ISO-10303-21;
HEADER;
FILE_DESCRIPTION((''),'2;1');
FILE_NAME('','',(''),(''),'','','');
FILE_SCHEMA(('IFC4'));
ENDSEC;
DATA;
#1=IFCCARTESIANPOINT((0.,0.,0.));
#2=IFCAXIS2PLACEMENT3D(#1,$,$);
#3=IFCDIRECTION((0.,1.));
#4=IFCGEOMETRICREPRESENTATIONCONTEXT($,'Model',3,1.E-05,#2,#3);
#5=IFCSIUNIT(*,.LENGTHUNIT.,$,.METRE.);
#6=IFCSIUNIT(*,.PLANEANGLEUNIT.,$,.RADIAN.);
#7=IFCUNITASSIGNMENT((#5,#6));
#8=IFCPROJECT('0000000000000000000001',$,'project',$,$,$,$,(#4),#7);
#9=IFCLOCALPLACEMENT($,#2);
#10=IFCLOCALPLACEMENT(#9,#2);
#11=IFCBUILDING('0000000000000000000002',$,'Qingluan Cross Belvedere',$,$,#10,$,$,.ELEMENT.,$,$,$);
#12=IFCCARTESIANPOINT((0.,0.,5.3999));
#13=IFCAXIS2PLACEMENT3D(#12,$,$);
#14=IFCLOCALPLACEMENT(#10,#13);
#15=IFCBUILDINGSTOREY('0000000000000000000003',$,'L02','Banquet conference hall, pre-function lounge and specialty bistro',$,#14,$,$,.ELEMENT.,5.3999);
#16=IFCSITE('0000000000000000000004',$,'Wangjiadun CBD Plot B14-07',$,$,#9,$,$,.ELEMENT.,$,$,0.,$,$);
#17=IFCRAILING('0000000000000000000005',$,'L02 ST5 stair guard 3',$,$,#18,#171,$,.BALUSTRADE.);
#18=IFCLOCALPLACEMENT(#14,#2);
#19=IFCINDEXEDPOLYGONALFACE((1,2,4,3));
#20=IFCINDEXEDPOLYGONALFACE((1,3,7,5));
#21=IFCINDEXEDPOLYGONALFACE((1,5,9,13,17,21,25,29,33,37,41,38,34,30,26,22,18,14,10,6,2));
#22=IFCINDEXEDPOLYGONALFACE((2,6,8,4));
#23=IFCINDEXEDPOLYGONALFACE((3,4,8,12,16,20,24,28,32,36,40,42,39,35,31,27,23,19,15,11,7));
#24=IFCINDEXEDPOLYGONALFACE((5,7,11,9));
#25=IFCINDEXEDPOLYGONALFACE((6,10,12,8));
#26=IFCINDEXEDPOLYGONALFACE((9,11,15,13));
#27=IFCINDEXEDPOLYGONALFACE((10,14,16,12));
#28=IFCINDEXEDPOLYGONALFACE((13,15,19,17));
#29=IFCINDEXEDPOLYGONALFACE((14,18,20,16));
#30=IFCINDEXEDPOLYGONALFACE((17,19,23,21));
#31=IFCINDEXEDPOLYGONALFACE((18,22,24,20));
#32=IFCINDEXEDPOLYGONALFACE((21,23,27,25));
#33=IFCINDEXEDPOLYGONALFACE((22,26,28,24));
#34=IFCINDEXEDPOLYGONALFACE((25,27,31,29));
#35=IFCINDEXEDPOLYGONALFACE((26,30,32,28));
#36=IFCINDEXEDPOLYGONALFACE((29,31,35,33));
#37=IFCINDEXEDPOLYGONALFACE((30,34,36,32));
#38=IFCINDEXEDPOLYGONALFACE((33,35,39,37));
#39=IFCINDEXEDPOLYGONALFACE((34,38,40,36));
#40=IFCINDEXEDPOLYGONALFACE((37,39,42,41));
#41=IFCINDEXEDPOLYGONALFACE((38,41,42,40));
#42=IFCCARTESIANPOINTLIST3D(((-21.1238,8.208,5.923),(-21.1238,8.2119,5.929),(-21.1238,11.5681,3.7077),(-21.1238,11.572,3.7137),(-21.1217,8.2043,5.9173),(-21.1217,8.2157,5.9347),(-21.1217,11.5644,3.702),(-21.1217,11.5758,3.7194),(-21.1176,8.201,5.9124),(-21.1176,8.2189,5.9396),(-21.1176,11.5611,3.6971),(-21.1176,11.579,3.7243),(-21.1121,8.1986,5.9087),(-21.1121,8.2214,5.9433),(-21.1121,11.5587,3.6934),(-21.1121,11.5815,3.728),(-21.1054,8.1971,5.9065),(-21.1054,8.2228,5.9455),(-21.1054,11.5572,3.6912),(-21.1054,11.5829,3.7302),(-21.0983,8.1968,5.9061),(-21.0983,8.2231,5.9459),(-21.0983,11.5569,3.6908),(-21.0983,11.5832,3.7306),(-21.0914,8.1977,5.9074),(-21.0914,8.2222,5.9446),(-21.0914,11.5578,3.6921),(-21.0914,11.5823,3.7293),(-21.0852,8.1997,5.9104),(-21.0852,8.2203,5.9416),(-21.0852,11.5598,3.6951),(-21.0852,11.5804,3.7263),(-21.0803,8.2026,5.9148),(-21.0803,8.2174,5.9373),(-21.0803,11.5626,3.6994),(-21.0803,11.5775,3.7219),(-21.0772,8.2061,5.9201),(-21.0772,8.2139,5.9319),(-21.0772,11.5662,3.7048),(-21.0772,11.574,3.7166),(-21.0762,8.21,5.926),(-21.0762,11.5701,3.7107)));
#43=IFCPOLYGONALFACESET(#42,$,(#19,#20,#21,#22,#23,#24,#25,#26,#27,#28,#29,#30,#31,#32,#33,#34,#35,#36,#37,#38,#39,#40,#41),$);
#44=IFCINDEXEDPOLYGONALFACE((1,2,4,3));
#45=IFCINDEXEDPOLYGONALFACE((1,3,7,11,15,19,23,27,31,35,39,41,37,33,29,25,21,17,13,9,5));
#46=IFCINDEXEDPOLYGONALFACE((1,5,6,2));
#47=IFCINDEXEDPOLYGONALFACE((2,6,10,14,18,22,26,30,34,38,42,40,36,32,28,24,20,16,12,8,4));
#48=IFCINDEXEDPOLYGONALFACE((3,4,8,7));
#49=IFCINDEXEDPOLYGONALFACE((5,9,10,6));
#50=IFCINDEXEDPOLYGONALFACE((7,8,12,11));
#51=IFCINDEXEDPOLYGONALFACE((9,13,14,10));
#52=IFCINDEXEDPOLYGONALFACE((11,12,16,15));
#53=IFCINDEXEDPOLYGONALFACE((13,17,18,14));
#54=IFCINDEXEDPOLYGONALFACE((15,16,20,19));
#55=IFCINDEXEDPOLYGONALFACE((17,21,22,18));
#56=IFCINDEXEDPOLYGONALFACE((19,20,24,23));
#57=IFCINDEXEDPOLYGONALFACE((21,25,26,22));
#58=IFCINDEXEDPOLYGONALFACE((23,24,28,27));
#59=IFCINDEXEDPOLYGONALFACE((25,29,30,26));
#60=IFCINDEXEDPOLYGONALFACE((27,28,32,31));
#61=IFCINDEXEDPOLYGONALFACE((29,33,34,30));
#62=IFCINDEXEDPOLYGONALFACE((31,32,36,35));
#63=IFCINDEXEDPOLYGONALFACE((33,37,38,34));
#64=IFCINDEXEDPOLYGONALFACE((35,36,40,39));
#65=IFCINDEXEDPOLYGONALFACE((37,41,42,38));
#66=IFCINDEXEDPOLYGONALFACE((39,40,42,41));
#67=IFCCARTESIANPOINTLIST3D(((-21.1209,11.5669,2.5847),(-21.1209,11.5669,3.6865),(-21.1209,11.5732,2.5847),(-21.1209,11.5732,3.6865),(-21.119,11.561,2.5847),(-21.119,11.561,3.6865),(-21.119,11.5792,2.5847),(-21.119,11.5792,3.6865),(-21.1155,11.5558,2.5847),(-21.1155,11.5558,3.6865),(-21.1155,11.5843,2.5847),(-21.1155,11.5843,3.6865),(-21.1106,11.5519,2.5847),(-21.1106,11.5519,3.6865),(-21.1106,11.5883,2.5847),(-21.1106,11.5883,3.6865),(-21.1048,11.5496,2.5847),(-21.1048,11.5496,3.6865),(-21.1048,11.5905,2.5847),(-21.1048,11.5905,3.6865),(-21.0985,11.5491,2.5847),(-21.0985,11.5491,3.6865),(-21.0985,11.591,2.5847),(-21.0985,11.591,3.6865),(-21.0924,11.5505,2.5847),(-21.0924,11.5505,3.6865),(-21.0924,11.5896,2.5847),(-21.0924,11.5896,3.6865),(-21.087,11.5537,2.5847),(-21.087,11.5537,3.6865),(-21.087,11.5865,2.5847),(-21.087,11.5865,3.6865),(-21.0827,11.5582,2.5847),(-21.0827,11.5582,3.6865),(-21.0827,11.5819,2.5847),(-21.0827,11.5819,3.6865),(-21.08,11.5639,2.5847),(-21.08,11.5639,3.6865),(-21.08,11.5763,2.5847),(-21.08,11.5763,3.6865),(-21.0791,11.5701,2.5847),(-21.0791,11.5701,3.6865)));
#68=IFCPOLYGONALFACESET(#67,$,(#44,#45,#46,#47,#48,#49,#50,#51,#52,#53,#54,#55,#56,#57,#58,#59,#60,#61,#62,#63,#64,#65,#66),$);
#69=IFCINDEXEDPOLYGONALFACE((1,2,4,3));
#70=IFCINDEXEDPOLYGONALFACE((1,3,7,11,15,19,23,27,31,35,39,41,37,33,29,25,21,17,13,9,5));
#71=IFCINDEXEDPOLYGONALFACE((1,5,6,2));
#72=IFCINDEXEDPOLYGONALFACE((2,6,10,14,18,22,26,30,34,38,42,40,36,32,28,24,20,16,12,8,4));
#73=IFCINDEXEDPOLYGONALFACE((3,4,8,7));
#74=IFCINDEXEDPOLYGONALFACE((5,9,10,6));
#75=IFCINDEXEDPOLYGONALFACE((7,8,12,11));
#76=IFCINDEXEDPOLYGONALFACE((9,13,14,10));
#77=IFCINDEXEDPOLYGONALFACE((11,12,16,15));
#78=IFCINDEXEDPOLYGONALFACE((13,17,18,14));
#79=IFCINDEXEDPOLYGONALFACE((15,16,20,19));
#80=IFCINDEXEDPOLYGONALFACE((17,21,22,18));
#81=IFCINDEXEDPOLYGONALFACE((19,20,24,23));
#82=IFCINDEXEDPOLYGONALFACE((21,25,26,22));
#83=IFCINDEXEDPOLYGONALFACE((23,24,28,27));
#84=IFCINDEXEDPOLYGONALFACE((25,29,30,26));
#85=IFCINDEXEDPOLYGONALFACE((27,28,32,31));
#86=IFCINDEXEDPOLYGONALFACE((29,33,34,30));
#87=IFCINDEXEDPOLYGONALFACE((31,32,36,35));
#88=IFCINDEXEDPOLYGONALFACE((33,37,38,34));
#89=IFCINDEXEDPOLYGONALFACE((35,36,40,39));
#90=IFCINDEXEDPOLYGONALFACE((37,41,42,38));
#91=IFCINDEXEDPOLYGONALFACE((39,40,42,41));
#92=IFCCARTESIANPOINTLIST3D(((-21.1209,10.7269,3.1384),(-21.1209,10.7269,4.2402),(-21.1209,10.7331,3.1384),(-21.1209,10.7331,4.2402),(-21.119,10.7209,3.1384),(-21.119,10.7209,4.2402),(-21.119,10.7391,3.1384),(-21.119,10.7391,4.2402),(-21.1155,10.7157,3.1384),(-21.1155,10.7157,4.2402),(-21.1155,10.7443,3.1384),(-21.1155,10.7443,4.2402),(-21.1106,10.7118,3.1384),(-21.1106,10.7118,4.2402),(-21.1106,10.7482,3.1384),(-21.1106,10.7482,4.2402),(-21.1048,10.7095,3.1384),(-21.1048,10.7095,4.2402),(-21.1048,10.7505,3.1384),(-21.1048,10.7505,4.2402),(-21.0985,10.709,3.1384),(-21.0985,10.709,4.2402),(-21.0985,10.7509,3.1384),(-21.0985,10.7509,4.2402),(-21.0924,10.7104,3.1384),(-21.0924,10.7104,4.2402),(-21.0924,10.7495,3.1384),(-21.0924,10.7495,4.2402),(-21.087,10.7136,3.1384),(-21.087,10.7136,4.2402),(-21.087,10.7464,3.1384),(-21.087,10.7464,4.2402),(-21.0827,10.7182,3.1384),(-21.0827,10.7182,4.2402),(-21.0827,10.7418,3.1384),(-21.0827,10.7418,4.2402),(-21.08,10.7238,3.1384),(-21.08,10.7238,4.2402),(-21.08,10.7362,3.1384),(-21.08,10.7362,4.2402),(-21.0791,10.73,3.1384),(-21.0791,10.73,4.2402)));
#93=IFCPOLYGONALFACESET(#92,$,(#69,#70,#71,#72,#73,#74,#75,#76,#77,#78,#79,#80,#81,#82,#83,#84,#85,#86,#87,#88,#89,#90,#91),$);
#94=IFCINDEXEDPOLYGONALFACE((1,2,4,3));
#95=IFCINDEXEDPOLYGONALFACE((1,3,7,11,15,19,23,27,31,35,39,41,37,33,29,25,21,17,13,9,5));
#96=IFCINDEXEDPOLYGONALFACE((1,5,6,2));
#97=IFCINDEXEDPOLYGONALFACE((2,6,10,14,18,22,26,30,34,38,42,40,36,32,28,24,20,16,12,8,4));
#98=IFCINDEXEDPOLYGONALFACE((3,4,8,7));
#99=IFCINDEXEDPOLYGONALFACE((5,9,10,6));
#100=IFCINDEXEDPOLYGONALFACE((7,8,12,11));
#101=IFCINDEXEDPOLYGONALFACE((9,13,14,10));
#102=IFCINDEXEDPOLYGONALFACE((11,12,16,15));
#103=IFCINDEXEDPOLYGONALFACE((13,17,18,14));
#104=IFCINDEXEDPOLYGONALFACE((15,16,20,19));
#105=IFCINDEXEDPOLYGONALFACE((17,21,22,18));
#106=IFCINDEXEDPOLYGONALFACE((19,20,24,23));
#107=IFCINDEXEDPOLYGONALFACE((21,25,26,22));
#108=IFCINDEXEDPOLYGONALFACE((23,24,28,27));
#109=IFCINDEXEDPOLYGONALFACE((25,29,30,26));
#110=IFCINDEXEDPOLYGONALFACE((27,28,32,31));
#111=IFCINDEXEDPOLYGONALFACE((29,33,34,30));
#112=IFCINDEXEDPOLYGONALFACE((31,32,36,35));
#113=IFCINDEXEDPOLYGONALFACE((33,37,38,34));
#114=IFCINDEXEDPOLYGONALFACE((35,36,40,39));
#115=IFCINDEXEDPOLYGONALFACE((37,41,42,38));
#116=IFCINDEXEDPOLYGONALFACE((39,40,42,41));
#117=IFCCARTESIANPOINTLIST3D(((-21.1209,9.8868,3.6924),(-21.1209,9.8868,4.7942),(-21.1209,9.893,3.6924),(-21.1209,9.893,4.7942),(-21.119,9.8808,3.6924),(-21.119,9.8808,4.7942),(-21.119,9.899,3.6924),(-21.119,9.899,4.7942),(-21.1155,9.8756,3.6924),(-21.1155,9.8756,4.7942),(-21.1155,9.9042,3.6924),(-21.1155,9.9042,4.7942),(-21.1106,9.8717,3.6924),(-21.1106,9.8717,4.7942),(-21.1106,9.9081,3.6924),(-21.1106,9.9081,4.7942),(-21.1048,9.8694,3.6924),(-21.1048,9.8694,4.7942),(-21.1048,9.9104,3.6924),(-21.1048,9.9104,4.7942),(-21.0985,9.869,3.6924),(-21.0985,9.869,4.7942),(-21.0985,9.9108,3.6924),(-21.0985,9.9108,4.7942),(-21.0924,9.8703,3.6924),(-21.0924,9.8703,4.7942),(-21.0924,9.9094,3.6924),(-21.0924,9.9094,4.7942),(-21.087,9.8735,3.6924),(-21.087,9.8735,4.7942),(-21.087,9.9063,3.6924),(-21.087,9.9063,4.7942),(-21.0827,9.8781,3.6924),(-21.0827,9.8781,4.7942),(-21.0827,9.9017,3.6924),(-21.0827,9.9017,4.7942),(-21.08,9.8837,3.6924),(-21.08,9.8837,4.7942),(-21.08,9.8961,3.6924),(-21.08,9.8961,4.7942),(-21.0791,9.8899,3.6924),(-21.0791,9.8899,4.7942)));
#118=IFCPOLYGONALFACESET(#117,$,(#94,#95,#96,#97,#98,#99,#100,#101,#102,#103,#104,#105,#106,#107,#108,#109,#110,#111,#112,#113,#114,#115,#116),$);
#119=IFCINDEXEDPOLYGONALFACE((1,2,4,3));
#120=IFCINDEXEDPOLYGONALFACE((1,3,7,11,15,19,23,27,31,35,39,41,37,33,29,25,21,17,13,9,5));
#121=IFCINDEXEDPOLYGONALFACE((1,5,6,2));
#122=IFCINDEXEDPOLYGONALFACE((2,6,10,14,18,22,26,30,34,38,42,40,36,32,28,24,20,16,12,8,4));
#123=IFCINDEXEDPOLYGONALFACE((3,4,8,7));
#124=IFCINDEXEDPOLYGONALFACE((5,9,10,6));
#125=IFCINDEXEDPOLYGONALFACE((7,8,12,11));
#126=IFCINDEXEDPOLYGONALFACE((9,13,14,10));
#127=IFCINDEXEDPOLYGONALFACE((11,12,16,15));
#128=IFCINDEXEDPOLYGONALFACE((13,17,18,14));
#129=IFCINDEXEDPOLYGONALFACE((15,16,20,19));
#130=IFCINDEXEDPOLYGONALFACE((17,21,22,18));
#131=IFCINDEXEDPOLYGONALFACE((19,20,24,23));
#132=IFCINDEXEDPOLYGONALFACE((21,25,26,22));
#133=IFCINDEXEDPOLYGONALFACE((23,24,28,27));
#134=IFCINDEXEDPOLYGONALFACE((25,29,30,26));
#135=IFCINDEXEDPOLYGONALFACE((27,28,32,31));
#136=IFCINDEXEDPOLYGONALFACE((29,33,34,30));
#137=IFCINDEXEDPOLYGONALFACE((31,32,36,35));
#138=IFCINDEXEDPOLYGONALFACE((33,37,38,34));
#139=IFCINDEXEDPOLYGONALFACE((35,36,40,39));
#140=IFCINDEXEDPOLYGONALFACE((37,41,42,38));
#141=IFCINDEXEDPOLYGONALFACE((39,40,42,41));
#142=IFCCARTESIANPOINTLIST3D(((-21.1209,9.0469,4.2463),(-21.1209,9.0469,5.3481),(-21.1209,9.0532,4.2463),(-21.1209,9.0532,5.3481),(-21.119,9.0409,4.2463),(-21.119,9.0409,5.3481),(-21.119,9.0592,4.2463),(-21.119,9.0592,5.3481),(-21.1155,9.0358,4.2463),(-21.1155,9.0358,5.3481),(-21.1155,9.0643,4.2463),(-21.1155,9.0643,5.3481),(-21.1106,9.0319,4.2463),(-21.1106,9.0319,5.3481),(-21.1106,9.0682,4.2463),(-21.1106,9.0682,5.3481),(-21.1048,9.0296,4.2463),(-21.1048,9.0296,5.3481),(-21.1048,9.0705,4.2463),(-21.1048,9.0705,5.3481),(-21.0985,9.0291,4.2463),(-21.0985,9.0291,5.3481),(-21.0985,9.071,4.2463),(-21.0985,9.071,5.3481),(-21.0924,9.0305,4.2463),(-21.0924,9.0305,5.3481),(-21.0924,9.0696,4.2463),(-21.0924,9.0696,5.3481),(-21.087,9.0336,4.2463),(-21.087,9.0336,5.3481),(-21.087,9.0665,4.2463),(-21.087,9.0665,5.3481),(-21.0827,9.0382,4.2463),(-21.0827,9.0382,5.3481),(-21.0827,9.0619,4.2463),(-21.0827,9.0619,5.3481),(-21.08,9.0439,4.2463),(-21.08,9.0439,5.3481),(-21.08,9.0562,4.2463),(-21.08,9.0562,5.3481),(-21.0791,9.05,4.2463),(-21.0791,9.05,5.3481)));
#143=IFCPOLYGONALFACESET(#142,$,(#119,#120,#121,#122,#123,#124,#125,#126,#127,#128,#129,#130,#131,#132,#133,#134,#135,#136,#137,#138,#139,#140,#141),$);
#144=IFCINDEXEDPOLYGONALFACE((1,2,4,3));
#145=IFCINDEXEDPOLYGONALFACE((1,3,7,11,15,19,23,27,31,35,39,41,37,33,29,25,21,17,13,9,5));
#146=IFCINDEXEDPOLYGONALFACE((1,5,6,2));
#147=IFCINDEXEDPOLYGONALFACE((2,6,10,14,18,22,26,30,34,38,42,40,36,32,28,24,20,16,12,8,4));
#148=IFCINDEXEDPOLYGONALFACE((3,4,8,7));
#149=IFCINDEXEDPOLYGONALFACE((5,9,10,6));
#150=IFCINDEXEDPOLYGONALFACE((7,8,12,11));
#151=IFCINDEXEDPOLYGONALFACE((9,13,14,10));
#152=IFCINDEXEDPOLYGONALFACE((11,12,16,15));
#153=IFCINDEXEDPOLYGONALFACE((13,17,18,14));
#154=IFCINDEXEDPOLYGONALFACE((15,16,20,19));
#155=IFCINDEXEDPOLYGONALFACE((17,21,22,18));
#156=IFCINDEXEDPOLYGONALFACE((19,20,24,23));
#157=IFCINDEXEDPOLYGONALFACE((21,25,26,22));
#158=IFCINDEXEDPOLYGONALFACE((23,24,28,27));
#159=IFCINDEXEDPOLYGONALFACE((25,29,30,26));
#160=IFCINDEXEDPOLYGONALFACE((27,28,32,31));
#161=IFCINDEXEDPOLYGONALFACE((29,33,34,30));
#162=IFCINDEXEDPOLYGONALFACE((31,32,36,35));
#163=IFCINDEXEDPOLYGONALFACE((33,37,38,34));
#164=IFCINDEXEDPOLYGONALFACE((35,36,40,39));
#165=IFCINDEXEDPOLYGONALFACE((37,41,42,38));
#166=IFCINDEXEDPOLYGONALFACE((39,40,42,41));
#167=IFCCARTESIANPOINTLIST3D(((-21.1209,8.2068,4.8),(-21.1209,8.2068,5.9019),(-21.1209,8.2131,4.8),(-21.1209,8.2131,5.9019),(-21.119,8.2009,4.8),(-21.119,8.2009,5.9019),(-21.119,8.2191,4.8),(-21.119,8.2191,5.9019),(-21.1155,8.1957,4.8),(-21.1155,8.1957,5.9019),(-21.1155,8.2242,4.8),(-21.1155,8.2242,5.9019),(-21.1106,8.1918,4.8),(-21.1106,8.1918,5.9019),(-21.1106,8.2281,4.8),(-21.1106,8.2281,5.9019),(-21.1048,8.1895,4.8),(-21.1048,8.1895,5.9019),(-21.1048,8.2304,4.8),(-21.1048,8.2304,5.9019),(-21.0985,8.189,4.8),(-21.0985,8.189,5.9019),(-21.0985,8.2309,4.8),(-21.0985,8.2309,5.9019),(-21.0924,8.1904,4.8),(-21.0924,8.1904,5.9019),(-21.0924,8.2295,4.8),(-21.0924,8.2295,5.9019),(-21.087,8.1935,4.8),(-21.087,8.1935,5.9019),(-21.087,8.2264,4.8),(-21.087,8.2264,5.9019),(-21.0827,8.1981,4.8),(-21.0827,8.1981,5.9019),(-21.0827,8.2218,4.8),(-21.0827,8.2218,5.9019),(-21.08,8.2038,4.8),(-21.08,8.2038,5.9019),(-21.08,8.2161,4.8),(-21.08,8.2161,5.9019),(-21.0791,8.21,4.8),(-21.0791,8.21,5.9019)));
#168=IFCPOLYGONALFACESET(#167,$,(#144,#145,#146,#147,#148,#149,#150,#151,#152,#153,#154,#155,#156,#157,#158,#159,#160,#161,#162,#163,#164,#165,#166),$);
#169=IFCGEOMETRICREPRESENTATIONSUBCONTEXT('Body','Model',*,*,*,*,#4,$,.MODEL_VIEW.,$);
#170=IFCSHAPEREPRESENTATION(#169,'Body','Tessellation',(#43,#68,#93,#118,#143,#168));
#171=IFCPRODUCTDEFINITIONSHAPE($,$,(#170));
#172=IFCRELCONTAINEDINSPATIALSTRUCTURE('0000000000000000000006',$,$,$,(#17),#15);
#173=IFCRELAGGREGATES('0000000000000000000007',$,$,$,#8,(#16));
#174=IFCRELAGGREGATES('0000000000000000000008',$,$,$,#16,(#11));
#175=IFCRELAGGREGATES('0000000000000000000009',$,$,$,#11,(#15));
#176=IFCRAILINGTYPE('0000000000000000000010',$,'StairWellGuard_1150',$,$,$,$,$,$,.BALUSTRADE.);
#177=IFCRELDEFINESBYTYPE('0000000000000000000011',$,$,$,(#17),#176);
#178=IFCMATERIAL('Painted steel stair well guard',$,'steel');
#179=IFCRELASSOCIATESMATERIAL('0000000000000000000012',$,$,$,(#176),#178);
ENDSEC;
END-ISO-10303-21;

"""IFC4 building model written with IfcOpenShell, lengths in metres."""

from ifc_helpers import new_model, si_unit, direction, frame, origin, origin_2d, place, context, subcontext, project, spatial, circle, extrude, material, type_object, element, save


model = new_model("IFC4")

# Units and contexts
model_context = context("Model", 3, precision=1e-05, world=origin(), true_north=direction((0.0, 1.0)))
body_context = subcontext(model_context, "Body", "Model", "MODEL_VIEW")
ifc_project = project(units=[si_unit("LENGTHUNIT", "METRE"), si_unit("PLANEANGLEUNIT", "RADIAN")], contexts=[model_context])

# Site, building, storey
site_placement = place(None, origin())
site = spatial("IfcSite", under=ifc_project, at=site_placement, Name="Wangjiadun CBD Plot B14-07", CompositionType="ELEMENT", RefElevation=0.0)
building_placement = place(site_placement, origin())
building = spatial("IfcBuilding", under=site, at=building_placement, Name="Qingluan Cross Belvedere", CompositionType="ELEMENT")
storey_placement = place(building_placement, frame((0.0, 0.0, 5.3999)))
storey = spatial("IfcBuildingStorey", under=building, at=storey_placement, Name="L02", Description="Banquet conference hall, pre-function lounge and specialty bistro", CompositionType="ELEMENT", Elevation=5.3999)

# Railing
ifc_material_1 = material(Name="Painted steel stair well guard", Category="steel")
railing_type_1 = type_object("IfcRailingType", Name="StairWellGuard_1150", PredefinedType="BALUSTRADE", material=ifc_material_1)
railing_1_placement = place(storey_placement, frame((-21.1001, 11.5701, 2.5847)))
element("IfcRailing", 1, at=railing_1_placement, inside=storey, type_object=railing_type_1, Name="L02 ST5 stair guard 3", PredefinedType="BALUSTRADE", context=body_context, shape_type="SweptSolid", body=[
    extrude(circle(Radius=0.0239, at=origin_2d()), frame((0.0, 0.0, 1.126), z_axis=(0.0, -0.834876, 0.550437), x_axis=(1.0, 0.0, 0.0)), (0.0, 0.0, 1.0), 4.0247),
    extrude(circle(Radius=0.021, at=origin_2d()), origin(), (0.0, 0.0, 1.0), 1.1018),
    extrude(circle(Radius=0.021, at=origin_2d()), frame((0.0, -0.8401, 0.5537)), (0.0, 0.0, 1.0), 1.1018),
    extrude(circle(Radius=0.021, at=origin_2d()), frame((0.0, -1.6802, 1.1077)), (0.0, 0.0, 1.0), 1.1018),
    extrude(circle(Radius=0.021, at=origin_2d()), frame((0.0, -2.52, 1.6616)), (0.0, 0.0, 1.0), 1.1018),
    extrude(circle(Radius=0.021, at=origin_2d()), frame((0.0, -3.3601, 2.2153)), (0.0, 0.0, 1.0), 1.1018),
])

save(model, "model.ifc")
